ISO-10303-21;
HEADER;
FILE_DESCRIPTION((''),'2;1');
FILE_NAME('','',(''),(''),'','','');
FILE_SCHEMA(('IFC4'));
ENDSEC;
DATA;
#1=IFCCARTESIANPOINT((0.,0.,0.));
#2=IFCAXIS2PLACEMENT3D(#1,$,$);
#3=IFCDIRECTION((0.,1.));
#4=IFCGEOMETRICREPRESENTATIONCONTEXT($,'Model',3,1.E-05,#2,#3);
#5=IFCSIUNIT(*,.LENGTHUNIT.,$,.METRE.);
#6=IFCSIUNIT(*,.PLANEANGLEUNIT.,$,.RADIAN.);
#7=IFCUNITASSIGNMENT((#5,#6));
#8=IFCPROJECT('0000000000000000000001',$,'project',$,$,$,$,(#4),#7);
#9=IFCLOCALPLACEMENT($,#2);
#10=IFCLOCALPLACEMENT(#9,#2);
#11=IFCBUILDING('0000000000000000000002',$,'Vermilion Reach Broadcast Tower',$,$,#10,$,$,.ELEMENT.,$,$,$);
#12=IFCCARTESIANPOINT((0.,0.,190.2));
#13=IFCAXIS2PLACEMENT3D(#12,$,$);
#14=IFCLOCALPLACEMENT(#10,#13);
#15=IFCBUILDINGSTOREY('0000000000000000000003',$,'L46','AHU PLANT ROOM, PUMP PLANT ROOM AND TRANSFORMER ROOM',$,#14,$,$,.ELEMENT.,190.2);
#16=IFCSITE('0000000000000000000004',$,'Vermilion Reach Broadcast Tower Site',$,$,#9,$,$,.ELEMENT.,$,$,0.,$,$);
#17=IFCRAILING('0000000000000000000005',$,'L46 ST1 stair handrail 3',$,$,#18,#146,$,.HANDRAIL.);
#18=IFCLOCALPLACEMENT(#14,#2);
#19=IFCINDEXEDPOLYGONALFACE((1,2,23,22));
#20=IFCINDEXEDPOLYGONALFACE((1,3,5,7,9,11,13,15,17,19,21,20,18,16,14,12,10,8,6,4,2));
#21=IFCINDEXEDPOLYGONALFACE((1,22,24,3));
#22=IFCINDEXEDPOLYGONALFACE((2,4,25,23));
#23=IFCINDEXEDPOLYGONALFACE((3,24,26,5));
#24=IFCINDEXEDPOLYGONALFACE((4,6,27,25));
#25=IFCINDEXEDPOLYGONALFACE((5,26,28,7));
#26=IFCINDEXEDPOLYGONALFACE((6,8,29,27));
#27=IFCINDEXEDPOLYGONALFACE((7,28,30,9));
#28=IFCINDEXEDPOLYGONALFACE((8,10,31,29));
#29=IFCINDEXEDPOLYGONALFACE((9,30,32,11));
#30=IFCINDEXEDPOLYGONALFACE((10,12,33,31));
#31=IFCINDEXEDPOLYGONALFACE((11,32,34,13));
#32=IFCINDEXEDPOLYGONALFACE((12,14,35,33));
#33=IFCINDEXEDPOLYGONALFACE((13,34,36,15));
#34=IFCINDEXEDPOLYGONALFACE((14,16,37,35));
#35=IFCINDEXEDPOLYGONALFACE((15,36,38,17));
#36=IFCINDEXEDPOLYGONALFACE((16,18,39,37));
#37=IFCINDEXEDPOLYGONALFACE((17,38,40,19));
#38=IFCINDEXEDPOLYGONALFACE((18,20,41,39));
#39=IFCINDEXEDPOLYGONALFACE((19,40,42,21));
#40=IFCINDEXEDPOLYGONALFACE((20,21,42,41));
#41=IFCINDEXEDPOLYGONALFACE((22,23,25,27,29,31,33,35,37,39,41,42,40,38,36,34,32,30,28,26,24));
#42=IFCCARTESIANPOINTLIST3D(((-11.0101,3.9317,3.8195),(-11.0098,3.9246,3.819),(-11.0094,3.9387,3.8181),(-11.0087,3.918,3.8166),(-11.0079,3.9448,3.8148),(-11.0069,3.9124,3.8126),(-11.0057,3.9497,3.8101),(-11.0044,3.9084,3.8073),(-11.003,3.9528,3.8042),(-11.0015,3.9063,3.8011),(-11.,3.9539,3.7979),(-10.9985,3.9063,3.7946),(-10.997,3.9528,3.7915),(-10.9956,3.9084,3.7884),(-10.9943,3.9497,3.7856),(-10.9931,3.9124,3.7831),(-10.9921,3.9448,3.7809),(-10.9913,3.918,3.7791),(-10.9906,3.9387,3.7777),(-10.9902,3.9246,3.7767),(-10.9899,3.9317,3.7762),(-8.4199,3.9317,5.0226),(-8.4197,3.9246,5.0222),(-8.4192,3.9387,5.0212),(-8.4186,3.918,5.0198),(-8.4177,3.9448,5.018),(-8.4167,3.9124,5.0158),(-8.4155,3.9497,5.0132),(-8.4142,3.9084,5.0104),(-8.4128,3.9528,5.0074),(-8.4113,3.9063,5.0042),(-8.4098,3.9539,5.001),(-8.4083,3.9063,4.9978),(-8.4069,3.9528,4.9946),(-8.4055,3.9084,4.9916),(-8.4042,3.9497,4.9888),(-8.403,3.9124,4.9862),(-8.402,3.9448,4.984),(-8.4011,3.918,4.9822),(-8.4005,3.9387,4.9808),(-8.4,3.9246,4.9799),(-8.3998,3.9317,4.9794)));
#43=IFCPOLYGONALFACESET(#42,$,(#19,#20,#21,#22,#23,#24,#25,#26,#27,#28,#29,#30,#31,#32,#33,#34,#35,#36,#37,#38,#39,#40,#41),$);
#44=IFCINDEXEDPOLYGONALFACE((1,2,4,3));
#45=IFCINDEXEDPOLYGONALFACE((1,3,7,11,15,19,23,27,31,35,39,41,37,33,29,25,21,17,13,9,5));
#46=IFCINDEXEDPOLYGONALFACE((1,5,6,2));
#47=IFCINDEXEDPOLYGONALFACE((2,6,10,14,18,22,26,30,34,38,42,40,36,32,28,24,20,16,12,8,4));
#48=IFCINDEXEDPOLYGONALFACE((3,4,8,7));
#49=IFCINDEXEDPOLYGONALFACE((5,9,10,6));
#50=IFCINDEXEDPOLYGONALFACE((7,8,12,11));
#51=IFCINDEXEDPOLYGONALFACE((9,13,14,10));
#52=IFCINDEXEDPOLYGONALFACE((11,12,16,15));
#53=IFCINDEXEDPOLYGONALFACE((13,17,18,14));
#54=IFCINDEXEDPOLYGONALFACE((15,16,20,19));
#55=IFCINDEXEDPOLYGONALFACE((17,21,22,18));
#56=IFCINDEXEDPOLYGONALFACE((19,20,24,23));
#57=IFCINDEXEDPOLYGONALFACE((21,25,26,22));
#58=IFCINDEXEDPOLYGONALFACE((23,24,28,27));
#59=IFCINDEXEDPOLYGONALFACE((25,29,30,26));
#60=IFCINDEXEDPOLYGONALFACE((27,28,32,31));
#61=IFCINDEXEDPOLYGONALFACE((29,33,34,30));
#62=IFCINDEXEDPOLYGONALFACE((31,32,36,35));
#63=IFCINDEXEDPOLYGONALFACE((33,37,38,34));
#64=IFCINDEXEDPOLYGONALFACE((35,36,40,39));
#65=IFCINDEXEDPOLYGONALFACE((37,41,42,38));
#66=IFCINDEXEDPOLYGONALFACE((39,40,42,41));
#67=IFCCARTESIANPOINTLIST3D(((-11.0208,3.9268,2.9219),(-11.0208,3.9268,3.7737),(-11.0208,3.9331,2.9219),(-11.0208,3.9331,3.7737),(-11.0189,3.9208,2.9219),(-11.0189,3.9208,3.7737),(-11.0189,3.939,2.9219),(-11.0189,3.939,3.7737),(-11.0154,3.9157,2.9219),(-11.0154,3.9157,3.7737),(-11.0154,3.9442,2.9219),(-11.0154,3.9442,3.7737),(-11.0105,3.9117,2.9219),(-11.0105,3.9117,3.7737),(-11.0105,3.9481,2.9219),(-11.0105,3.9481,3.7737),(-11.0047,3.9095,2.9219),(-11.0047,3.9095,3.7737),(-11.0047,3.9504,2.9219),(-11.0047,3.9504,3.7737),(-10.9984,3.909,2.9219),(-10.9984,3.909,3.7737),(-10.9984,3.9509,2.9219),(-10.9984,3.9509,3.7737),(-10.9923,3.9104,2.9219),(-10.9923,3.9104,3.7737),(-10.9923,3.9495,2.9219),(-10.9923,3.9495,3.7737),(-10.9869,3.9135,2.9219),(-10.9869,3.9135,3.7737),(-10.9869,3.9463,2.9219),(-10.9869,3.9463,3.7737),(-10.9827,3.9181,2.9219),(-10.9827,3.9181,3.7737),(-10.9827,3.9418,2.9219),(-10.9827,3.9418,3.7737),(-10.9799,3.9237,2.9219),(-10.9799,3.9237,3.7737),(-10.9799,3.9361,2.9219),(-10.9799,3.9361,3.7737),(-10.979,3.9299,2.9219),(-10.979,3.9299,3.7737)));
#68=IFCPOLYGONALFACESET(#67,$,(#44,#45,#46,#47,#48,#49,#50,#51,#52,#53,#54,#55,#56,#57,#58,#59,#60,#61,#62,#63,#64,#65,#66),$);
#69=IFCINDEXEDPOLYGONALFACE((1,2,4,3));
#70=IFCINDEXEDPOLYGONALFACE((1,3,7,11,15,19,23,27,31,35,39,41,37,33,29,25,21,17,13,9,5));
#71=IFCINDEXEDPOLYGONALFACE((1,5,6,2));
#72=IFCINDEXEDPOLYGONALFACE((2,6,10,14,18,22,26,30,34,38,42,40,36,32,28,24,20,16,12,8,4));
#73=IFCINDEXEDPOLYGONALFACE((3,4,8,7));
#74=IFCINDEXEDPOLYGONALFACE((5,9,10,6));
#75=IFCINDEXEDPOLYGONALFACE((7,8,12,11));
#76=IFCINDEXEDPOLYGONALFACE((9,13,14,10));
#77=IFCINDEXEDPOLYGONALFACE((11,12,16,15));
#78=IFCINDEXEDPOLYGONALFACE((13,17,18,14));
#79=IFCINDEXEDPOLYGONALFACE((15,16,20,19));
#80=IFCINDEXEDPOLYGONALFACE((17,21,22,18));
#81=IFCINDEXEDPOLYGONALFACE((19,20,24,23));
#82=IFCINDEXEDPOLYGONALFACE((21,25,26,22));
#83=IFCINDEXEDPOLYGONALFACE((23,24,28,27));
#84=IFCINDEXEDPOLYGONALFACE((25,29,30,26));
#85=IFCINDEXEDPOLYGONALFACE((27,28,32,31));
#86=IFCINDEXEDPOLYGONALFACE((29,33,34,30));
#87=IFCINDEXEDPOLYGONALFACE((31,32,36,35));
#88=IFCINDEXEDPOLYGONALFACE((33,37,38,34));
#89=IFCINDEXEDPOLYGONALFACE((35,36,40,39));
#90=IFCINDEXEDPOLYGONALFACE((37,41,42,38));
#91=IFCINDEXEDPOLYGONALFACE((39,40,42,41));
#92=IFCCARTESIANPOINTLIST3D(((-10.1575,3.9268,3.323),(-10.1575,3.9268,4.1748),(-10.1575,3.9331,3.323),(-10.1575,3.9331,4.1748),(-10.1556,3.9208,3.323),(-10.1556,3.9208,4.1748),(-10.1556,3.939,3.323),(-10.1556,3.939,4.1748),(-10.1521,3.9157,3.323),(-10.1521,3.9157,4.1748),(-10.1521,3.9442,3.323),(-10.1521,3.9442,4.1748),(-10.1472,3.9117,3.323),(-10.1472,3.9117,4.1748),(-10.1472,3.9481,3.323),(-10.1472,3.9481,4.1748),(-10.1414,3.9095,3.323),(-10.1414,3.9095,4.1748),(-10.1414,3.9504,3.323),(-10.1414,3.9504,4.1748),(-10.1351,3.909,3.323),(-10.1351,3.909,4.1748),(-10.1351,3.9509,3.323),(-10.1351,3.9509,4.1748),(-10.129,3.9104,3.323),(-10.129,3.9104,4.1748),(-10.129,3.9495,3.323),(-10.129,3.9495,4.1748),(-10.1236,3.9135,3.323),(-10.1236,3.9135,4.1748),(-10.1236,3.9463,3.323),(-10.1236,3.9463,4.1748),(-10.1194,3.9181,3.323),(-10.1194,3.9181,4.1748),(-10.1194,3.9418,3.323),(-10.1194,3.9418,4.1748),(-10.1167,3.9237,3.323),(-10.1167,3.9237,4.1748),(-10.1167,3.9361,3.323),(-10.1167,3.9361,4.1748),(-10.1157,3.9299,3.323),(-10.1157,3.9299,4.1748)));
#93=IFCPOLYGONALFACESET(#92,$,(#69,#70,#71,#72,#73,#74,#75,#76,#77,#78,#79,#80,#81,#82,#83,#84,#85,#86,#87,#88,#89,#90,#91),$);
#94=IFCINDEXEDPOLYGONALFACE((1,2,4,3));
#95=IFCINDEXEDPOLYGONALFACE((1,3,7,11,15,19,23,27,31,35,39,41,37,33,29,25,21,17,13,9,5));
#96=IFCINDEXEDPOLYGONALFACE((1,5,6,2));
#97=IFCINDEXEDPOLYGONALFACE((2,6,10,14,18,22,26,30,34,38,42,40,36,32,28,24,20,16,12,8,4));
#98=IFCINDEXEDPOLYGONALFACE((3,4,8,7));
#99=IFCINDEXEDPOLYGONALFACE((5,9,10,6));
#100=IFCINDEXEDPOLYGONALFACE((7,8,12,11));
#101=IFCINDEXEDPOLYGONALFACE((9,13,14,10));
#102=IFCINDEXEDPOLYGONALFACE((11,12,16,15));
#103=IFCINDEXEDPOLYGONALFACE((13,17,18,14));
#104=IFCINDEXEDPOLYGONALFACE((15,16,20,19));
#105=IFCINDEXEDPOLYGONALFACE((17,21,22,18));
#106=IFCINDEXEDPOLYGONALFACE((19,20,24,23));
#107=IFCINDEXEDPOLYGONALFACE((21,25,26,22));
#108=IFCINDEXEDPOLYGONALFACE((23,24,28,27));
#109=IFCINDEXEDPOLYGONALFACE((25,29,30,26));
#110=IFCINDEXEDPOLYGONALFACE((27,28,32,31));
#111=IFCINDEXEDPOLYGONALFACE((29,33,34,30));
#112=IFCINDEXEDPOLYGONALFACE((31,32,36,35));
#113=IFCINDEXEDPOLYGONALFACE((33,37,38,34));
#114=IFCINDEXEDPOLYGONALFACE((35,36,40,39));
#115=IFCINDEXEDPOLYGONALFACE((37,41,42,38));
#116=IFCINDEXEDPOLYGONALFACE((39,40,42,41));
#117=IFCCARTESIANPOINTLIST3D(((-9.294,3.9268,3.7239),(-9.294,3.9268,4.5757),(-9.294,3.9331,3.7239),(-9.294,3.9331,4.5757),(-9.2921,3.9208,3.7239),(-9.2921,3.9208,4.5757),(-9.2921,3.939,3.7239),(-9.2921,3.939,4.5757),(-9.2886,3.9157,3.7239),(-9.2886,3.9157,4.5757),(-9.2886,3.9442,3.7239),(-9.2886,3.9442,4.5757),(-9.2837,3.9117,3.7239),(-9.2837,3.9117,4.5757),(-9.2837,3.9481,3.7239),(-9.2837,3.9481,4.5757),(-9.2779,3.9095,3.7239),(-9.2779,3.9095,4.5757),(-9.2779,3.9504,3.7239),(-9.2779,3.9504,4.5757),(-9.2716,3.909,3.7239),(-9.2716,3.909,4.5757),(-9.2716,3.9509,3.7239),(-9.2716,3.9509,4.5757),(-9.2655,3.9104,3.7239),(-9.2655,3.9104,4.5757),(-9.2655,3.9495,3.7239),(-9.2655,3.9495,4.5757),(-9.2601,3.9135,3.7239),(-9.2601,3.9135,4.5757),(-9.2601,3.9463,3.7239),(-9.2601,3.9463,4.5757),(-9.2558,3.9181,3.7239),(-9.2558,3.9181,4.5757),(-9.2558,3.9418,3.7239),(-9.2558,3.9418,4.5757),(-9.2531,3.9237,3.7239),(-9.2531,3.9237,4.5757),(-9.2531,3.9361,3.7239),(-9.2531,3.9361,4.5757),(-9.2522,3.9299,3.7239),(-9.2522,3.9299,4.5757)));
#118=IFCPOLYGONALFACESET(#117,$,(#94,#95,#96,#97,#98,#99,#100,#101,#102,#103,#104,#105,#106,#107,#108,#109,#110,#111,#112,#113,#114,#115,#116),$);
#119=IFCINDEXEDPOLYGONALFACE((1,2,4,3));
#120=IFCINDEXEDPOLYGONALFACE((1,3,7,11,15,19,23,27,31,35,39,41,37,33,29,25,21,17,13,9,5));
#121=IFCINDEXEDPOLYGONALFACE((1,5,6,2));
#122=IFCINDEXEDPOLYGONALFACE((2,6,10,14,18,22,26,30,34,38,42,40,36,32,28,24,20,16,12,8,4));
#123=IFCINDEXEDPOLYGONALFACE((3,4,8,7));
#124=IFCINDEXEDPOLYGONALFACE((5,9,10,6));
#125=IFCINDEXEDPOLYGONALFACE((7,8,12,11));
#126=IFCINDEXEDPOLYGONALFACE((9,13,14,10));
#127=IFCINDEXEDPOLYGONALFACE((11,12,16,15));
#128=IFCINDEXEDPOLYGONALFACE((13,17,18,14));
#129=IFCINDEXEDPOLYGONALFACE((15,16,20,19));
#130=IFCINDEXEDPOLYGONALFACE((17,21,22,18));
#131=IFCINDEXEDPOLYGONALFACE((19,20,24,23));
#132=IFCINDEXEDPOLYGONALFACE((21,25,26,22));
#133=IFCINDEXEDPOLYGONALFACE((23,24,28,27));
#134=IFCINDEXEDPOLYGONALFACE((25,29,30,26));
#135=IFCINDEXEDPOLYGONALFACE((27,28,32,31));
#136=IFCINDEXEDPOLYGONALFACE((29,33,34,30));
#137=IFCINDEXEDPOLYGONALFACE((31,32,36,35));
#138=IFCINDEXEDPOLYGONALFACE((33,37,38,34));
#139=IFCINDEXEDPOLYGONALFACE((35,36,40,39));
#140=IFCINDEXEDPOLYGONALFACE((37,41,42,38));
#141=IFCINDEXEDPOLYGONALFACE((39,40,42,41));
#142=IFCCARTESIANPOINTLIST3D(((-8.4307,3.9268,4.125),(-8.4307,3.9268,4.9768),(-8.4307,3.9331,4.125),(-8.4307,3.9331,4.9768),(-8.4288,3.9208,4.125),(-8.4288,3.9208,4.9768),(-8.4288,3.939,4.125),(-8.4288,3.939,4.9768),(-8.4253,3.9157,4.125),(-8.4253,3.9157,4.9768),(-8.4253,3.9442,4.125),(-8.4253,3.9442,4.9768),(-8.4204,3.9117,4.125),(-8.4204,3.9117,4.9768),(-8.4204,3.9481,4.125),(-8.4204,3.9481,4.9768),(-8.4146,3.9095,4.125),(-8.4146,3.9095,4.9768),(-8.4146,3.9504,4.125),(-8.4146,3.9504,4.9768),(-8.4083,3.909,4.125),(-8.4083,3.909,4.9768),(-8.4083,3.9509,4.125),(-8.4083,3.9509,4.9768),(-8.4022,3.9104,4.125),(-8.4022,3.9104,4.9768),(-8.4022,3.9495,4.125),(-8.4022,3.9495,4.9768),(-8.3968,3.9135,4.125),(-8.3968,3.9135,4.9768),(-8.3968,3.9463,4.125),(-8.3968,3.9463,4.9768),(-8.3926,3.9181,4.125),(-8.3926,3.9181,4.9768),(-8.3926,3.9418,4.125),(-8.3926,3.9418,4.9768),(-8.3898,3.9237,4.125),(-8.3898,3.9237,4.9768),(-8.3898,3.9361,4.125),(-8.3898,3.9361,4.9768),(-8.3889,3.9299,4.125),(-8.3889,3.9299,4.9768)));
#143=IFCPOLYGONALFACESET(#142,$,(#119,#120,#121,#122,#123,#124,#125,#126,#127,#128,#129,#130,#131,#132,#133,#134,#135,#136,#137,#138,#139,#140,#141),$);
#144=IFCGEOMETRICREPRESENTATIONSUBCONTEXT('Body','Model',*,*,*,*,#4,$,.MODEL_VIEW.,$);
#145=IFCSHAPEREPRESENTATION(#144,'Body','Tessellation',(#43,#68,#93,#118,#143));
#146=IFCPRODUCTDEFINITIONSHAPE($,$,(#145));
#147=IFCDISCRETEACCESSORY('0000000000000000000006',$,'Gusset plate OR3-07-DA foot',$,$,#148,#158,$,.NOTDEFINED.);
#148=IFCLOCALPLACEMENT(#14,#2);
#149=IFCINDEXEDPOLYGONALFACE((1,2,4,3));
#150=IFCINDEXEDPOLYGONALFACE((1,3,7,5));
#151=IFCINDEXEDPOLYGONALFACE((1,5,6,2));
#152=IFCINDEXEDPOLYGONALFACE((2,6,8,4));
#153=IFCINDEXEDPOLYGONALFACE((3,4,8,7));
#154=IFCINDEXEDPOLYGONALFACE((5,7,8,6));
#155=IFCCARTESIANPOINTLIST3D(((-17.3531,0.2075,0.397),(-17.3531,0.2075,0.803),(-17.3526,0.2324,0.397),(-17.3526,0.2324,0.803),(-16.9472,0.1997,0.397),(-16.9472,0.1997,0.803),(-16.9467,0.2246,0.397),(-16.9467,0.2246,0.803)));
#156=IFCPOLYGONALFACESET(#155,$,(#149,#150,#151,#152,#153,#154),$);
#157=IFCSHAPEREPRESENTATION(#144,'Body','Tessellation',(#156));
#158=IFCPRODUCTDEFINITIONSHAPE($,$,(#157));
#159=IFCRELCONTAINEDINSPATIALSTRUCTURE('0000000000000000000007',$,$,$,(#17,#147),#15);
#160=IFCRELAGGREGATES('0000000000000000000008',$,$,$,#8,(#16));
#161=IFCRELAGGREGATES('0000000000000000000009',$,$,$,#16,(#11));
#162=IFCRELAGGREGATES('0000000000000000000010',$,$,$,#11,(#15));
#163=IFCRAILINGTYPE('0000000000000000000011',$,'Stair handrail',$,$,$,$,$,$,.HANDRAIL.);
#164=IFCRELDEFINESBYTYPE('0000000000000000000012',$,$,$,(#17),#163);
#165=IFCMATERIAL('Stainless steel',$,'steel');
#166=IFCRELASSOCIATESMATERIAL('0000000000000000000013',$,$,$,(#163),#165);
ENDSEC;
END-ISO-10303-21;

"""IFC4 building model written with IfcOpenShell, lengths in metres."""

from ifc_helpers import new_model, si_unit, direction, frame, origin, origin_2d, place, context, subcontext, project, spatial, rectangle, circle, extrude, material, type_object, element, save


model = new_model("IFC4")

# Units and contexts
model_context = context("Model", 3, precision=1e-05, world=origin(), true_north=direction((0.0, 1.0)))
body_context = subcontext(model_context, "Body", "Model", "MODEL_VIEW")
ifc_project = project(units=[si_unit("LENGTHUNIT", "METRE"), si_unit("PLANEANGLEUNIT", "RADIAN")], contexts=[model_context])

# Site, building, storey
site_placement = place(None, origin())
site = spatial("IfcSite", under=ifc_project, at=site_placement, Name="Vermilion Reach Broadcast Tower Site", CompositionType="ELEMENT", RefElevation=0.0)
building_placement = place(site_placement, origin())
building = spatial("IfcBuilding", under=site, at=building_placement, Name="Vermilion Reach Broadcast Tower", CompositionType="ELEMENT")
storey_placement = place(building_placement, frame((0.0, 0.0, 190.2)))
storey = spatial("IfcBuildingStorey", under=building, at=storey_placement, Name="L46", Description="AHU PLANT ROOM, PUMP PLANT ROOM AND TRANSFORMER ROOM", CompositionType="ELEMENT", Elevation=190.2)

# Railing
ifc_material_1 = material(Name="Stainless steel", Category="steel")
railing_type_1 = type_object("IfcRailingType", Name="Stair handrail", PredefinedType="HANDRAIL", material=ifc_material_1)
for number, where, name in (
    (1, (-11.0, 3.9299, 2.9219), "L46 ST1 stair handrail 3"),
):
    element("IfcRailing", number, at=place(storey_placement, frame(where)), inside=storey, type_object=railing_type_1, Name=name, PredefinedType="HANDRAIL", context=body_context, shape_type="SweptSolid", body=[
        extrude(circle(Radius=0.0239, at=origin_2d()), frame((0.0, 0.0, 0.876), z_axis=(0.906931, 0.0, 0.42128), x_axis=(0.0, 1.0, 0.0)), (0.0, 0.0, 1.0), 2.856),
        extrude(circle(Radius=0.021, at=origin_2d()), origin(), (0.0, 0.0, 1.0), 0.8518),
        extrude(circle(Radius=0.021, at=origin_2d()), frame((0.8633, 0.0, 0.4011)), (0.0, 0.0, 1.0), 0.8518),
        extrude(circle(Radius=0.021, at=origin_2d()), frame((1.7268, 0.0, 0.802)), (0.0, 0.0, 1.0), 0.8518),
        extrude(circle(Radius=0.021, at=origin_2d()), frame((2.5901, 0.0, 1.2031)), (0.0, 0.0, 1.0), 0.8518),
    ])

# Discrete accessory
discrete_accessory_placement = place(storey_placement, frame((-17.1499, 0.2161, 0.397), z_axis=(0.0, 0.0, 1.0), x_axis=(-0.019372, -0.999812, 0.0)))
element("IfcDiscreteAccessory", 2, at=discrete_accessory_placement, inside=storey, Name="Gusset plate OR3-07-DA foot", PredefinedType="NOTDEFINED", context=body_context, shape_type="SweptSolid", body=[
    extrude(rectangle(XDim=0.0249, YDim=0.406, at=origin_2d()), origin(), (0.0, 0.0, 1.0), 0.406),
])

save(model, "model.ifc")
